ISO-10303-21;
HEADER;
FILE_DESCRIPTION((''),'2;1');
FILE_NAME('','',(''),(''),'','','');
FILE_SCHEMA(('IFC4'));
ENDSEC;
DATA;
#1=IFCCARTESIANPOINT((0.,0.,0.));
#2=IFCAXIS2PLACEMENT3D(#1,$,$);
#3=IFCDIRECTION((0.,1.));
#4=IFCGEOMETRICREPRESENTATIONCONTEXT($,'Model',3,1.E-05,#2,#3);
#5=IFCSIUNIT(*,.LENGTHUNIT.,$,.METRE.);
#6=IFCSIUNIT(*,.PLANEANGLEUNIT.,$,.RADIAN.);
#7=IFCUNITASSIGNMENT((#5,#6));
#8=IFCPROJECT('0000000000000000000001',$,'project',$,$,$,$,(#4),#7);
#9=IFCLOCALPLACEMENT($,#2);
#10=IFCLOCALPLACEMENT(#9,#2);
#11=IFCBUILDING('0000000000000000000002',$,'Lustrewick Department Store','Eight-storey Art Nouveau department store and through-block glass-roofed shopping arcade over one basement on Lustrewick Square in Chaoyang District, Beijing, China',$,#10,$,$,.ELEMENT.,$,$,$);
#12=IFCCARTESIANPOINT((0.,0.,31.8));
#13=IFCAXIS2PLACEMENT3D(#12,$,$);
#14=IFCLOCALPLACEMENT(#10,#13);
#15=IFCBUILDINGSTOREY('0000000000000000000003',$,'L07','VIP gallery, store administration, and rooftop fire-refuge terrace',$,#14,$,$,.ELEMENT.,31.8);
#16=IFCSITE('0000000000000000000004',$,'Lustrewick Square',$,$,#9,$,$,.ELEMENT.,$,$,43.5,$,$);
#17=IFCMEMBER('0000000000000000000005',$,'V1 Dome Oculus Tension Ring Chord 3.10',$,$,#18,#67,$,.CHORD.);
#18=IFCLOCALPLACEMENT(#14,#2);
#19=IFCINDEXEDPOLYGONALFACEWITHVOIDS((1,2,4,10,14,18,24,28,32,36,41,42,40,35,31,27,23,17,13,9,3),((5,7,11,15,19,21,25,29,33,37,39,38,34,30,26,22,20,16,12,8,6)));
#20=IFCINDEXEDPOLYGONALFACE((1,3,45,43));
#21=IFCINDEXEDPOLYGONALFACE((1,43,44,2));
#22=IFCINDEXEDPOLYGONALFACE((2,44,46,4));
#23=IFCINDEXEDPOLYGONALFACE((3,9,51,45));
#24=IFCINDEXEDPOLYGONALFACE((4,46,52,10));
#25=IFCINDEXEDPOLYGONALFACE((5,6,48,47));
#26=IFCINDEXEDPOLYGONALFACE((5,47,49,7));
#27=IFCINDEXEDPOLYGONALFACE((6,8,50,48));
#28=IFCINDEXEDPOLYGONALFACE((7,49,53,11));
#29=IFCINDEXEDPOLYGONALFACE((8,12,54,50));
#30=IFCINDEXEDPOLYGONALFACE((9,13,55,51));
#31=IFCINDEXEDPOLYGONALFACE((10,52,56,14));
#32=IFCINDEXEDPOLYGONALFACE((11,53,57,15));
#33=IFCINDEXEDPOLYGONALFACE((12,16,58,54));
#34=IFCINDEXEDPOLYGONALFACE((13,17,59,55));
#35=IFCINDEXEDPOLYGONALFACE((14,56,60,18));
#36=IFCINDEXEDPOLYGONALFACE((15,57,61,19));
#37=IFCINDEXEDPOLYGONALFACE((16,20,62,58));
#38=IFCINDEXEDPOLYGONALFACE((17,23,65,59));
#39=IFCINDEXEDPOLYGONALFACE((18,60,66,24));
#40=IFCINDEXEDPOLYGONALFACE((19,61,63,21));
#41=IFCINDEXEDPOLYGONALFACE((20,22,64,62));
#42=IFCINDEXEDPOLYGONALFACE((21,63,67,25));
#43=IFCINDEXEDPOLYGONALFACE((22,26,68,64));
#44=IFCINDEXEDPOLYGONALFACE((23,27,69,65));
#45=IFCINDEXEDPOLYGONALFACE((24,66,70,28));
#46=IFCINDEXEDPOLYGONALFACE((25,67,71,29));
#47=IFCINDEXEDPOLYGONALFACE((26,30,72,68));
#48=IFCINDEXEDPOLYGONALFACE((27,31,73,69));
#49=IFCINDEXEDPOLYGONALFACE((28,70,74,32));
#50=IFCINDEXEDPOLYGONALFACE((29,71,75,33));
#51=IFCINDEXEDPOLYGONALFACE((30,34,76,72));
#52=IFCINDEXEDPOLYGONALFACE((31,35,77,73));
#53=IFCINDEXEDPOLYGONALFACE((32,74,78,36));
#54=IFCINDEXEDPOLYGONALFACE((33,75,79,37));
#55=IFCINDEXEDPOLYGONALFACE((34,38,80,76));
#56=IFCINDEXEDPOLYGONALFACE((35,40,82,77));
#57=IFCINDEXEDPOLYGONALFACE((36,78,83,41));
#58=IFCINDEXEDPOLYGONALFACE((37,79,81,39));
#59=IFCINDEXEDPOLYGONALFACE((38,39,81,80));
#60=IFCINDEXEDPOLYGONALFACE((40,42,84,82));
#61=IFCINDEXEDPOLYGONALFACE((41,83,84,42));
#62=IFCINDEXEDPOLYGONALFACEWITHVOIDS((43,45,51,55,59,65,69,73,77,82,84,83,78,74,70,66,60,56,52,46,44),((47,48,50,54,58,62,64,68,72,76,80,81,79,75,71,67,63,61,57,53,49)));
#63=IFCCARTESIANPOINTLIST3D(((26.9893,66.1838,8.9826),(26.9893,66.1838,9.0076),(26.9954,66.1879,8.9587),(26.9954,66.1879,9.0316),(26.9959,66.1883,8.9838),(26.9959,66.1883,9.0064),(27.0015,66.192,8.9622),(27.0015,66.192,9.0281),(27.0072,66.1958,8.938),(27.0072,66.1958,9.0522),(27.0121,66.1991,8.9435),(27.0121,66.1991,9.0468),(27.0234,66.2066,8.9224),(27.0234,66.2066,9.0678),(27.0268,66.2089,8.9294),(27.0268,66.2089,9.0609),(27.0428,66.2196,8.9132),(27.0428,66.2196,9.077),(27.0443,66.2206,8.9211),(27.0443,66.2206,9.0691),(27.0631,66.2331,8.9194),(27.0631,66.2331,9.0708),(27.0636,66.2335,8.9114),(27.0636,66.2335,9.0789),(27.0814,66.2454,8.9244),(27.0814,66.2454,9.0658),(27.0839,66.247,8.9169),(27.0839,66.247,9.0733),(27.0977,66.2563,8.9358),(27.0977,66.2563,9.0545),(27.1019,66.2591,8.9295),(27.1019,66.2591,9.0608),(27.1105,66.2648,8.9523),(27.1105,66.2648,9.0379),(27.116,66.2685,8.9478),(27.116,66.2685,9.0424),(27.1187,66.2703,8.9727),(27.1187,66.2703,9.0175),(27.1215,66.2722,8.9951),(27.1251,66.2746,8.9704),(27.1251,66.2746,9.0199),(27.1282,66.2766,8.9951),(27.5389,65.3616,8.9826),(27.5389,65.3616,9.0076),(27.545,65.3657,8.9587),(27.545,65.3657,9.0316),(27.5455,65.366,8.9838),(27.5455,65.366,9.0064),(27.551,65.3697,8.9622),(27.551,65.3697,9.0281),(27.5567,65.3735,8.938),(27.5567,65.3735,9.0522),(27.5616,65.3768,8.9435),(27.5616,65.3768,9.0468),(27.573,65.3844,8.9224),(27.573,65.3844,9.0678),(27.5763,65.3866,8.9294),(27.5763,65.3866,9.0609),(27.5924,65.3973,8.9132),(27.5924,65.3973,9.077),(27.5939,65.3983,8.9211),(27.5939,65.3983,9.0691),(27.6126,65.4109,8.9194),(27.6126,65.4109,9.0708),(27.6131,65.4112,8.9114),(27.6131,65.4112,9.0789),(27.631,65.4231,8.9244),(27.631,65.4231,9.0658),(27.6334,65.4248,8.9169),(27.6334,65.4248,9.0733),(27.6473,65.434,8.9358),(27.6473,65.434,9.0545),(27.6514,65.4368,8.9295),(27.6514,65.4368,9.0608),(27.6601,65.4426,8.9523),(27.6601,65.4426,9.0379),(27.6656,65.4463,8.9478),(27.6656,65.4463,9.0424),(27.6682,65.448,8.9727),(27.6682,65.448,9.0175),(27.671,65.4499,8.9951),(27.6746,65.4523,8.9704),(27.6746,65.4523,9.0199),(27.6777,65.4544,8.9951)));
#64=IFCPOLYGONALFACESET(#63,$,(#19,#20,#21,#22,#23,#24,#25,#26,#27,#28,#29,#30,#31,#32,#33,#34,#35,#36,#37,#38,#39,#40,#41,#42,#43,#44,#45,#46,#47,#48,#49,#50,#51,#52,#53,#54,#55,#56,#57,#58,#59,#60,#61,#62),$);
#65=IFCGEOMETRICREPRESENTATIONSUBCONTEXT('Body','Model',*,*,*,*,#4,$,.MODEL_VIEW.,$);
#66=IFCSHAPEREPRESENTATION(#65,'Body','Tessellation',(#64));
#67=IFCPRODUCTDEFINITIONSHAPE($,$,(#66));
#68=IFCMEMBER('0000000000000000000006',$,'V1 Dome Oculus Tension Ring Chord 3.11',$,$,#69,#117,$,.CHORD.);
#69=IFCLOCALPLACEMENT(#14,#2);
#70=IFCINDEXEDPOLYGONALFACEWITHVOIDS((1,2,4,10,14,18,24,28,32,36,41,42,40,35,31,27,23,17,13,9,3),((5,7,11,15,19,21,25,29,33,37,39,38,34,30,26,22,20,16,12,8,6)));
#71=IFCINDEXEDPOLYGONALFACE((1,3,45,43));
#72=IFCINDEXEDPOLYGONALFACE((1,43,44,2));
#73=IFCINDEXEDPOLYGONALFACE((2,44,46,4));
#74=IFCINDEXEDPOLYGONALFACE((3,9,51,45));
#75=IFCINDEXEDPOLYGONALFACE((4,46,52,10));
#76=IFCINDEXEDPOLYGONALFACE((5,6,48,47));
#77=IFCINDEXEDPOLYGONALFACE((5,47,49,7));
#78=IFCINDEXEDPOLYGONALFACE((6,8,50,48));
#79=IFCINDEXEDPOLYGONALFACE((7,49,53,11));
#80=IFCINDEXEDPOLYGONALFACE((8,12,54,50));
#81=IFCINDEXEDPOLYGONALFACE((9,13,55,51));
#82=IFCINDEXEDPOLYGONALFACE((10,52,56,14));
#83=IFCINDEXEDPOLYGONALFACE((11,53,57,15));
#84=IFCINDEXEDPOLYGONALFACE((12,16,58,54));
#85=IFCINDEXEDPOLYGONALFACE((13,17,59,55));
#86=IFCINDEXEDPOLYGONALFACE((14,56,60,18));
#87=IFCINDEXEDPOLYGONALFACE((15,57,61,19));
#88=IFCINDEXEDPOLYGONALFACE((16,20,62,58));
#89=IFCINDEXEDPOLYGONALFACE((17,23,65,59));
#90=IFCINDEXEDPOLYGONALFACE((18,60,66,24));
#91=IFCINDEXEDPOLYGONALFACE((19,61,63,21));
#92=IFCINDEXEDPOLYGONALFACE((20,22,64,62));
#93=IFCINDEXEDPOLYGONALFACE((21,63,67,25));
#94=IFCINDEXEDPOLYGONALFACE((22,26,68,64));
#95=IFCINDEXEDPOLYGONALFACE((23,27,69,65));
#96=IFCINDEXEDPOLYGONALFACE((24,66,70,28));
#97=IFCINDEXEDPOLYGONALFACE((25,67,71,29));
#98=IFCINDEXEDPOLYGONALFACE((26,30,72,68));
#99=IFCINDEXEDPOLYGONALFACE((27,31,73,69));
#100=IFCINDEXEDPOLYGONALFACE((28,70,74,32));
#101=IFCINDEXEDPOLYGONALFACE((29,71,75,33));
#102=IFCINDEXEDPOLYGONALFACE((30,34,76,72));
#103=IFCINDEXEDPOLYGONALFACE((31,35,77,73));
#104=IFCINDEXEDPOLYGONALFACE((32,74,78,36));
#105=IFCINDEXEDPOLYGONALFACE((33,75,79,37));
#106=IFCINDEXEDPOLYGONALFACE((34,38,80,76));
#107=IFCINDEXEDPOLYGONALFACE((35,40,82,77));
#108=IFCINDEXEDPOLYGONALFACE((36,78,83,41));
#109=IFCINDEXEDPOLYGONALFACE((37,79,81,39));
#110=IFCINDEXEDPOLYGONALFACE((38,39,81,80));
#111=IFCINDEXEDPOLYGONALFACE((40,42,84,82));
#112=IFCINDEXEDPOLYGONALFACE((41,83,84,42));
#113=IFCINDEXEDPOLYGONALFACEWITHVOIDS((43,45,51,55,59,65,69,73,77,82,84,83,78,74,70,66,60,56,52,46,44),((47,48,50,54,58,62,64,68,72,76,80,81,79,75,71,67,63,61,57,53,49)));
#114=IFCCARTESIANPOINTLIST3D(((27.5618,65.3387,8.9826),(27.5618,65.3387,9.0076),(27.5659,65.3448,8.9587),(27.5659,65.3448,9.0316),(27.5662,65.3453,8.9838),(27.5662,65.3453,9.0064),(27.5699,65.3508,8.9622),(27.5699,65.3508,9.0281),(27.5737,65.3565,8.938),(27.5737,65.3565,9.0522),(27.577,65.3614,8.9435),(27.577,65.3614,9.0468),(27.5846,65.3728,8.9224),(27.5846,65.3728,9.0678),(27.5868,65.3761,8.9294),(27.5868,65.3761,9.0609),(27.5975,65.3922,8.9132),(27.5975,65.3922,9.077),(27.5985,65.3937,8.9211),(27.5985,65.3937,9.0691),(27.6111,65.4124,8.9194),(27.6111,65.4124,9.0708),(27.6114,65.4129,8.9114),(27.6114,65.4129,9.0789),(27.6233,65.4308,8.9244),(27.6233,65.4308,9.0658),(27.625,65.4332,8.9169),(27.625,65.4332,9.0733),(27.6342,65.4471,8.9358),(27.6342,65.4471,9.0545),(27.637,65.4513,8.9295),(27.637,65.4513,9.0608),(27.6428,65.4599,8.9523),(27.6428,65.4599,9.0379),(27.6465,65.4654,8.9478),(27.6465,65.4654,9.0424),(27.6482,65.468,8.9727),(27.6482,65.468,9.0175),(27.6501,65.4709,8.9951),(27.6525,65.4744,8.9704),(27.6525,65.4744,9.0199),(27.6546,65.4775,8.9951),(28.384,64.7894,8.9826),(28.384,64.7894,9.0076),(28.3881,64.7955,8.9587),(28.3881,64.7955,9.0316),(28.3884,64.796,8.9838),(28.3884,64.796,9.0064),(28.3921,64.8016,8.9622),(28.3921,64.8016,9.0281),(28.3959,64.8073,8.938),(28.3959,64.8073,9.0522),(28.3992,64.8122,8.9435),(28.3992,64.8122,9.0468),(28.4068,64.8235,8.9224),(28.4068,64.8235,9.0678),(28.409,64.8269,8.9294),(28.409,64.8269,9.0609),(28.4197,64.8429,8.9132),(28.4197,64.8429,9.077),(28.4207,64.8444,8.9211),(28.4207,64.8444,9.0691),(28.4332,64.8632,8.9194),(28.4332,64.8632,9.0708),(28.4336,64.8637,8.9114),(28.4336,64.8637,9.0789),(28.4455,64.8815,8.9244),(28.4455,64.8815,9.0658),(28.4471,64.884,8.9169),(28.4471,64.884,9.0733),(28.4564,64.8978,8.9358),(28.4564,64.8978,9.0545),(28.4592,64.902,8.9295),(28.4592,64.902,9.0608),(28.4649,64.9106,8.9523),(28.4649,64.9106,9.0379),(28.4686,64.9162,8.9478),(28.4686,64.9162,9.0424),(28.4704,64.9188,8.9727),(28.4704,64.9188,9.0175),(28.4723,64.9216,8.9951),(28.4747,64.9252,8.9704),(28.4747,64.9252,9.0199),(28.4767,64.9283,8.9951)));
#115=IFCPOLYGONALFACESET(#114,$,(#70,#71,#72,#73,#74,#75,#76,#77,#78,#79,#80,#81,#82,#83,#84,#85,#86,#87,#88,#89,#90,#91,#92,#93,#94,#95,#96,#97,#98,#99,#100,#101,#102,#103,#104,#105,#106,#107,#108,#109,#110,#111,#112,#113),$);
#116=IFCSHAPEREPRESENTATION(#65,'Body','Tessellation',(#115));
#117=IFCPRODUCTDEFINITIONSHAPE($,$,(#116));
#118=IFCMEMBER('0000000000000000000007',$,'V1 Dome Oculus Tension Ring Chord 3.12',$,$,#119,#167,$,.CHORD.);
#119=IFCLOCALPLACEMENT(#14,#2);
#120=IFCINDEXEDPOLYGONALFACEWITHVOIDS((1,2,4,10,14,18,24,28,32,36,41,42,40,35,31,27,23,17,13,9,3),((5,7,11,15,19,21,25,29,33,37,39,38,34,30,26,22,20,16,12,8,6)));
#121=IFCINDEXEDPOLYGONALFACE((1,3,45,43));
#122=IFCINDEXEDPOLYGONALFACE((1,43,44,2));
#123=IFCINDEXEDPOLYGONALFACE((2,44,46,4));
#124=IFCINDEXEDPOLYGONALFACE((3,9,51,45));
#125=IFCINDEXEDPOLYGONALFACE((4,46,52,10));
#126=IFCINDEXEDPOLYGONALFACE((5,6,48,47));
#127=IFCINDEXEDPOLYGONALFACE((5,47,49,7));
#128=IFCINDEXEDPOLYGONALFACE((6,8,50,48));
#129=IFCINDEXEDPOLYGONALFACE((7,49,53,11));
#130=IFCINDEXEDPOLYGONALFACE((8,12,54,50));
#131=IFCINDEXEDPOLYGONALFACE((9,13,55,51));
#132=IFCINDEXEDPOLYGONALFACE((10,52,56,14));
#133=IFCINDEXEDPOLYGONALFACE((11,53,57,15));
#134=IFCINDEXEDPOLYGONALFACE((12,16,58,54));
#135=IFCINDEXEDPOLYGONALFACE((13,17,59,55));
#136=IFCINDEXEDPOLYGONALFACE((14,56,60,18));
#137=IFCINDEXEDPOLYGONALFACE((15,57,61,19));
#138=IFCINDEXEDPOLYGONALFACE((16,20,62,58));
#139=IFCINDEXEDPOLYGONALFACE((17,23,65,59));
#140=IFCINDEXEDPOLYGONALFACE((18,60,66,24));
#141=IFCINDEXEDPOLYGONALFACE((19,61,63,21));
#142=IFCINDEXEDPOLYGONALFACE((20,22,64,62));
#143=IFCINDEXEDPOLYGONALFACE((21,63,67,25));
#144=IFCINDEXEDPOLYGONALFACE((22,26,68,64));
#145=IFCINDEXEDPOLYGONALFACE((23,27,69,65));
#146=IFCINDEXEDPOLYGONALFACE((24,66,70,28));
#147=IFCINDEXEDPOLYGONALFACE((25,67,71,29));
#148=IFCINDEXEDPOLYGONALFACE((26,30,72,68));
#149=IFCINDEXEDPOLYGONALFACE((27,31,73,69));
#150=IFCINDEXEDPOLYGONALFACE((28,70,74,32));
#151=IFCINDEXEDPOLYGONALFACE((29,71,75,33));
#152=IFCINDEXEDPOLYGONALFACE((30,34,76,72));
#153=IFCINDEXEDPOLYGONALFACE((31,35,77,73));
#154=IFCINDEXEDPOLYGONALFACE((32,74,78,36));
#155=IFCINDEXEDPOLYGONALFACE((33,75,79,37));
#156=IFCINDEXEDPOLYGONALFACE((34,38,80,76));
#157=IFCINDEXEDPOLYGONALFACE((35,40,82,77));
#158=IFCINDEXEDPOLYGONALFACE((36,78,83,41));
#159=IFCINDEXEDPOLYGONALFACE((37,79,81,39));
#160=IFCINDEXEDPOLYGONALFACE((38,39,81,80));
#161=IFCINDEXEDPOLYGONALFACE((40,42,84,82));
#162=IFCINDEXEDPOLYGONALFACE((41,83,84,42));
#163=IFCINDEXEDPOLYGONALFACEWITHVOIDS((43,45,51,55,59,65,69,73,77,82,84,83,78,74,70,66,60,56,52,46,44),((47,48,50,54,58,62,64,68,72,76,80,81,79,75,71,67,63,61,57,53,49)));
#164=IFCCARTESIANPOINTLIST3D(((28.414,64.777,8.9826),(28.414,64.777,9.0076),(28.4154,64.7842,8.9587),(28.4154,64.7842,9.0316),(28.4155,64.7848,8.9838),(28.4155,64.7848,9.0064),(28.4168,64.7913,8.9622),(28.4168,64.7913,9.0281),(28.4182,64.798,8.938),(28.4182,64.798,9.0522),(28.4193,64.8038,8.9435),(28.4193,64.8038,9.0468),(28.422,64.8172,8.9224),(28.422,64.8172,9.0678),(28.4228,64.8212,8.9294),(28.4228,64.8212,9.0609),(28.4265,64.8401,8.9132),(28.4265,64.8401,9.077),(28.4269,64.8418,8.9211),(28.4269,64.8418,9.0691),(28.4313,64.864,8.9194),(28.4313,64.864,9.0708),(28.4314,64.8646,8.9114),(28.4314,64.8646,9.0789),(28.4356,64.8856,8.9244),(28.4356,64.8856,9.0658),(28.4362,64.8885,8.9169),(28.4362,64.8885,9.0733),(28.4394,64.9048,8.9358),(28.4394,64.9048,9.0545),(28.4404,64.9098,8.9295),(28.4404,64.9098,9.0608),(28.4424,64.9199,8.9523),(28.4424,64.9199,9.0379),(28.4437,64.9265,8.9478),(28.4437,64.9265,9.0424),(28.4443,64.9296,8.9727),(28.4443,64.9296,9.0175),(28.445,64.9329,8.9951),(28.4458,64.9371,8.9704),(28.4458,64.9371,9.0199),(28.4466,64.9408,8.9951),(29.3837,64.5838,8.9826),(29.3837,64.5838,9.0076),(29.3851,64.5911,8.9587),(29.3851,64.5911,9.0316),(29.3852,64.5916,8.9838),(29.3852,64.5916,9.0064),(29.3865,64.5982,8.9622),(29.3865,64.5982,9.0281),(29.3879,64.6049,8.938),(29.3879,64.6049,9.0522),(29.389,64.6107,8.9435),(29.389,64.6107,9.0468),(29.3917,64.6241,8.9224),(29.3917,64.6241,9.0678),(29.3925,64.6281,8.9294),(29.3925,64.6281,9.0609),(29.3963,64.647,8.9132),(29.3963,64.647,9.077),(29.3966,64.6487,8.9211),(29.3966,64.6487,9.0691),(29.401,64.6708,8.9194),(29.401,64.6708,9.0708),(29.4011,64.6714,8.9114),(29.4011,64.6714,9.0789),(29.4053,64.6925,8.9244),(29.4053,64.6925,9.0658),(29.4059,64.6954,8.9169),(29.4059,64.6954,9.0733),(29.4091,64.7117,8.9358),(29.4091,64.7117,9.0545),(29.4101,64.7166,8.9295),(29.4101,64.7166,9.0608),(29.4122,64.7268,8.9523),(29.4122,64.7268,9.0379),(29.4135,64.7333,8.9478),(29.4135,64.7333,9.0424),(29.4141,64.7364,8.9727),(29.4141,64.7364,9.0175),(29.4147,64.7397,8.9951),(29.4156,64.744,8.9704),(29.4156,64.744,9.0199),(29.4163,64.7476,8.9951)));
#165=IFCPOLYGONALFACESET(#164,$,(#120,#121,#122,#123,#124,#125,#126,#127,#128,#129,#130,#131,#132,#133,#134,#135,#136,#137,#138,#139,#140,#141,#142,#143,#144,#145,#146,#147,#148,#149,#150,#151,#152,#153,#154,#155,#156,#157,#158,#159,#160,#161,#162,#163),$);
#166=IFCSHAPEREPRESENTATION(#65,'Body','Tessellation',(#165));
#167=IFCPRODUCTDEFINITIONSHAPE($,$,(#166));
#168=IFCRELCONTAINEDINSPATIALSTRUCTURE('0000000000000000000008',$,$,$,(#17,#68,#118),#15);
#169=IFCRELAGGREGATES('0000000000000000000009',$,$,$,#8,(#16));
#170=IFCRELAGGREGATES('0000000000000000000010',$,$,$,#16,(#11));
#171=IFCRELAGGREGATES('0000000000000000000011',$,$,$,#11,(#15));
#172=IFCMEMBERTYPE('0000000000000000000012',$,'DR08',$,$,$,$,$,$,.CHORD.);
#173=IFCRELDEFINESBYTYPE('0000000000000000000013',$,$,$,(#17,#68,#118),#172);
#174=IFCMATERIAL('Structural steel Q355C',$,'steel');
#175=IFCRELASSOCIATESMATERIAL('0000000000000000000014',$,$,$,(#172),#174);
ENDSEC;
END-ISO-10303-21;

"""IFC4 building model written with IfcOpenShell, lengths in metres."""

from ifc_helpers import new_model, si_unit, direction, frame, origin, origin_2d, place, context, subcontext, project, spatial, hollow_circle, extrude, material, material_profile, profile_set, type_object, element, save


model = new_model("IFC4")

# Units and contexts
model_context = context("Model", 3, precision=1e-05, world=origin(), true_north=direction((0.0, 1.0)))
body_context = subcontext(model_context, "Body", "Model", "MODEL_VIEW")
ifc_project = project(units=[si_unit("LENGTHUNIT", "METRE"), si_unit("PLANEANGLEUNIT", "RADIAN")], contexts=[model_context])

# Site, building, storey
site_placement = place(None, origin())
site = spatial("IfcSite", under=ifc_project, at=site_placement, Name="Lustrewick Square", CompositionType="ELEMENT", RefElevation=43.5)
building_placement = place(site_placement, origin())
building = spatial("IfcBuilding", under=site, at=building_placement, Name="Lustrewick Department Store", Description="Eight-storey Art Nouveau department store and through-block glass-roofed shopping arcade over one basement on Lustrewick Square in Chaoyang District, Beijing, China", CompositionType="ELEMENT")
storey_placement = place(building_placement, frame((0.0, 0.0, 31.8)))
storey = spatial("IfcBuildingStorey", under=building, at=storey_placement, Name="L07", Description="VIP gallery, store administration, and rooftop fire-refuge terrace", CompositionType="ELEMENT", Elevation=31.8)

# Members
ifc_material_1 = material(Name="Structural steel Q355C", Category="steel")
ifc_material_profile_1 = material_profile(ifc_material_1, hollow_circle(Radius=0.084, WallThickness=0.0081, at=origin_2d()), Name="CHS 168x8")
ifc_profile_set_1 = profile_set([ifc_material_profile_1], Name="Structural steel Q355C")
member_type_1 = type_object("IfcMemberType", Name="DR08", PredefinedType="CHORD", material=ifc_profile_set_1)
member_1_placement = place(storey_placement, frame((27.0583, 66.23, 8.9951), z_axis=(0.555668, -0.831404, 0.0), x_axis=(0.831404, 0.555668, 0.0)))
element("IfcMember", 1, at=member_1_placement, inside=storey, type_object=member_type_1, Name="V1 Dome Oculus Tension Ring Chord 3.10", PredefinedType="CHORD", context=body_context, shape_type="SweptSolid", body=[
    extrude(hollow_circle(Radius=0.084, WallThickness=0.0081, at=origin_2d()), origin(), (0.0, 0.0, 1.0), 0.989),
])
for number, where, z_axis, x_axis, name in (
    (2, (27.6079, 65.4077, 8.9951), (0.831518, -0.555498, 0.0), (0.555498, 0.831518, 0.0), "V1 Dome Oculus Tension Ring Chord 3.11"),
    (3, (28.4302, 64.8584, 8.9951), (0.980742, -0.195309, 0.0), (0.195309, 0.980742, 0.0), "V1 Dome Oculus Tension Ring Chord 3.12"),
):
    element("IfcMember", number, at=place(storey_placement, frame(where, z_axis=z_axis, x_axis=x_axis)), inside=storey, type_object=member_type_1, Name=name, PredefinedType="CHORD", context=body_context, shape_type="SweptSolid", body=[
        extrude(hollow_circle(Radius=0.084, WallThickness=0.0081, at=origin_2d()), origin(), (0.0, 0.0, 1.0), 0.9888),
    ])

save(model, "model.ifc")
